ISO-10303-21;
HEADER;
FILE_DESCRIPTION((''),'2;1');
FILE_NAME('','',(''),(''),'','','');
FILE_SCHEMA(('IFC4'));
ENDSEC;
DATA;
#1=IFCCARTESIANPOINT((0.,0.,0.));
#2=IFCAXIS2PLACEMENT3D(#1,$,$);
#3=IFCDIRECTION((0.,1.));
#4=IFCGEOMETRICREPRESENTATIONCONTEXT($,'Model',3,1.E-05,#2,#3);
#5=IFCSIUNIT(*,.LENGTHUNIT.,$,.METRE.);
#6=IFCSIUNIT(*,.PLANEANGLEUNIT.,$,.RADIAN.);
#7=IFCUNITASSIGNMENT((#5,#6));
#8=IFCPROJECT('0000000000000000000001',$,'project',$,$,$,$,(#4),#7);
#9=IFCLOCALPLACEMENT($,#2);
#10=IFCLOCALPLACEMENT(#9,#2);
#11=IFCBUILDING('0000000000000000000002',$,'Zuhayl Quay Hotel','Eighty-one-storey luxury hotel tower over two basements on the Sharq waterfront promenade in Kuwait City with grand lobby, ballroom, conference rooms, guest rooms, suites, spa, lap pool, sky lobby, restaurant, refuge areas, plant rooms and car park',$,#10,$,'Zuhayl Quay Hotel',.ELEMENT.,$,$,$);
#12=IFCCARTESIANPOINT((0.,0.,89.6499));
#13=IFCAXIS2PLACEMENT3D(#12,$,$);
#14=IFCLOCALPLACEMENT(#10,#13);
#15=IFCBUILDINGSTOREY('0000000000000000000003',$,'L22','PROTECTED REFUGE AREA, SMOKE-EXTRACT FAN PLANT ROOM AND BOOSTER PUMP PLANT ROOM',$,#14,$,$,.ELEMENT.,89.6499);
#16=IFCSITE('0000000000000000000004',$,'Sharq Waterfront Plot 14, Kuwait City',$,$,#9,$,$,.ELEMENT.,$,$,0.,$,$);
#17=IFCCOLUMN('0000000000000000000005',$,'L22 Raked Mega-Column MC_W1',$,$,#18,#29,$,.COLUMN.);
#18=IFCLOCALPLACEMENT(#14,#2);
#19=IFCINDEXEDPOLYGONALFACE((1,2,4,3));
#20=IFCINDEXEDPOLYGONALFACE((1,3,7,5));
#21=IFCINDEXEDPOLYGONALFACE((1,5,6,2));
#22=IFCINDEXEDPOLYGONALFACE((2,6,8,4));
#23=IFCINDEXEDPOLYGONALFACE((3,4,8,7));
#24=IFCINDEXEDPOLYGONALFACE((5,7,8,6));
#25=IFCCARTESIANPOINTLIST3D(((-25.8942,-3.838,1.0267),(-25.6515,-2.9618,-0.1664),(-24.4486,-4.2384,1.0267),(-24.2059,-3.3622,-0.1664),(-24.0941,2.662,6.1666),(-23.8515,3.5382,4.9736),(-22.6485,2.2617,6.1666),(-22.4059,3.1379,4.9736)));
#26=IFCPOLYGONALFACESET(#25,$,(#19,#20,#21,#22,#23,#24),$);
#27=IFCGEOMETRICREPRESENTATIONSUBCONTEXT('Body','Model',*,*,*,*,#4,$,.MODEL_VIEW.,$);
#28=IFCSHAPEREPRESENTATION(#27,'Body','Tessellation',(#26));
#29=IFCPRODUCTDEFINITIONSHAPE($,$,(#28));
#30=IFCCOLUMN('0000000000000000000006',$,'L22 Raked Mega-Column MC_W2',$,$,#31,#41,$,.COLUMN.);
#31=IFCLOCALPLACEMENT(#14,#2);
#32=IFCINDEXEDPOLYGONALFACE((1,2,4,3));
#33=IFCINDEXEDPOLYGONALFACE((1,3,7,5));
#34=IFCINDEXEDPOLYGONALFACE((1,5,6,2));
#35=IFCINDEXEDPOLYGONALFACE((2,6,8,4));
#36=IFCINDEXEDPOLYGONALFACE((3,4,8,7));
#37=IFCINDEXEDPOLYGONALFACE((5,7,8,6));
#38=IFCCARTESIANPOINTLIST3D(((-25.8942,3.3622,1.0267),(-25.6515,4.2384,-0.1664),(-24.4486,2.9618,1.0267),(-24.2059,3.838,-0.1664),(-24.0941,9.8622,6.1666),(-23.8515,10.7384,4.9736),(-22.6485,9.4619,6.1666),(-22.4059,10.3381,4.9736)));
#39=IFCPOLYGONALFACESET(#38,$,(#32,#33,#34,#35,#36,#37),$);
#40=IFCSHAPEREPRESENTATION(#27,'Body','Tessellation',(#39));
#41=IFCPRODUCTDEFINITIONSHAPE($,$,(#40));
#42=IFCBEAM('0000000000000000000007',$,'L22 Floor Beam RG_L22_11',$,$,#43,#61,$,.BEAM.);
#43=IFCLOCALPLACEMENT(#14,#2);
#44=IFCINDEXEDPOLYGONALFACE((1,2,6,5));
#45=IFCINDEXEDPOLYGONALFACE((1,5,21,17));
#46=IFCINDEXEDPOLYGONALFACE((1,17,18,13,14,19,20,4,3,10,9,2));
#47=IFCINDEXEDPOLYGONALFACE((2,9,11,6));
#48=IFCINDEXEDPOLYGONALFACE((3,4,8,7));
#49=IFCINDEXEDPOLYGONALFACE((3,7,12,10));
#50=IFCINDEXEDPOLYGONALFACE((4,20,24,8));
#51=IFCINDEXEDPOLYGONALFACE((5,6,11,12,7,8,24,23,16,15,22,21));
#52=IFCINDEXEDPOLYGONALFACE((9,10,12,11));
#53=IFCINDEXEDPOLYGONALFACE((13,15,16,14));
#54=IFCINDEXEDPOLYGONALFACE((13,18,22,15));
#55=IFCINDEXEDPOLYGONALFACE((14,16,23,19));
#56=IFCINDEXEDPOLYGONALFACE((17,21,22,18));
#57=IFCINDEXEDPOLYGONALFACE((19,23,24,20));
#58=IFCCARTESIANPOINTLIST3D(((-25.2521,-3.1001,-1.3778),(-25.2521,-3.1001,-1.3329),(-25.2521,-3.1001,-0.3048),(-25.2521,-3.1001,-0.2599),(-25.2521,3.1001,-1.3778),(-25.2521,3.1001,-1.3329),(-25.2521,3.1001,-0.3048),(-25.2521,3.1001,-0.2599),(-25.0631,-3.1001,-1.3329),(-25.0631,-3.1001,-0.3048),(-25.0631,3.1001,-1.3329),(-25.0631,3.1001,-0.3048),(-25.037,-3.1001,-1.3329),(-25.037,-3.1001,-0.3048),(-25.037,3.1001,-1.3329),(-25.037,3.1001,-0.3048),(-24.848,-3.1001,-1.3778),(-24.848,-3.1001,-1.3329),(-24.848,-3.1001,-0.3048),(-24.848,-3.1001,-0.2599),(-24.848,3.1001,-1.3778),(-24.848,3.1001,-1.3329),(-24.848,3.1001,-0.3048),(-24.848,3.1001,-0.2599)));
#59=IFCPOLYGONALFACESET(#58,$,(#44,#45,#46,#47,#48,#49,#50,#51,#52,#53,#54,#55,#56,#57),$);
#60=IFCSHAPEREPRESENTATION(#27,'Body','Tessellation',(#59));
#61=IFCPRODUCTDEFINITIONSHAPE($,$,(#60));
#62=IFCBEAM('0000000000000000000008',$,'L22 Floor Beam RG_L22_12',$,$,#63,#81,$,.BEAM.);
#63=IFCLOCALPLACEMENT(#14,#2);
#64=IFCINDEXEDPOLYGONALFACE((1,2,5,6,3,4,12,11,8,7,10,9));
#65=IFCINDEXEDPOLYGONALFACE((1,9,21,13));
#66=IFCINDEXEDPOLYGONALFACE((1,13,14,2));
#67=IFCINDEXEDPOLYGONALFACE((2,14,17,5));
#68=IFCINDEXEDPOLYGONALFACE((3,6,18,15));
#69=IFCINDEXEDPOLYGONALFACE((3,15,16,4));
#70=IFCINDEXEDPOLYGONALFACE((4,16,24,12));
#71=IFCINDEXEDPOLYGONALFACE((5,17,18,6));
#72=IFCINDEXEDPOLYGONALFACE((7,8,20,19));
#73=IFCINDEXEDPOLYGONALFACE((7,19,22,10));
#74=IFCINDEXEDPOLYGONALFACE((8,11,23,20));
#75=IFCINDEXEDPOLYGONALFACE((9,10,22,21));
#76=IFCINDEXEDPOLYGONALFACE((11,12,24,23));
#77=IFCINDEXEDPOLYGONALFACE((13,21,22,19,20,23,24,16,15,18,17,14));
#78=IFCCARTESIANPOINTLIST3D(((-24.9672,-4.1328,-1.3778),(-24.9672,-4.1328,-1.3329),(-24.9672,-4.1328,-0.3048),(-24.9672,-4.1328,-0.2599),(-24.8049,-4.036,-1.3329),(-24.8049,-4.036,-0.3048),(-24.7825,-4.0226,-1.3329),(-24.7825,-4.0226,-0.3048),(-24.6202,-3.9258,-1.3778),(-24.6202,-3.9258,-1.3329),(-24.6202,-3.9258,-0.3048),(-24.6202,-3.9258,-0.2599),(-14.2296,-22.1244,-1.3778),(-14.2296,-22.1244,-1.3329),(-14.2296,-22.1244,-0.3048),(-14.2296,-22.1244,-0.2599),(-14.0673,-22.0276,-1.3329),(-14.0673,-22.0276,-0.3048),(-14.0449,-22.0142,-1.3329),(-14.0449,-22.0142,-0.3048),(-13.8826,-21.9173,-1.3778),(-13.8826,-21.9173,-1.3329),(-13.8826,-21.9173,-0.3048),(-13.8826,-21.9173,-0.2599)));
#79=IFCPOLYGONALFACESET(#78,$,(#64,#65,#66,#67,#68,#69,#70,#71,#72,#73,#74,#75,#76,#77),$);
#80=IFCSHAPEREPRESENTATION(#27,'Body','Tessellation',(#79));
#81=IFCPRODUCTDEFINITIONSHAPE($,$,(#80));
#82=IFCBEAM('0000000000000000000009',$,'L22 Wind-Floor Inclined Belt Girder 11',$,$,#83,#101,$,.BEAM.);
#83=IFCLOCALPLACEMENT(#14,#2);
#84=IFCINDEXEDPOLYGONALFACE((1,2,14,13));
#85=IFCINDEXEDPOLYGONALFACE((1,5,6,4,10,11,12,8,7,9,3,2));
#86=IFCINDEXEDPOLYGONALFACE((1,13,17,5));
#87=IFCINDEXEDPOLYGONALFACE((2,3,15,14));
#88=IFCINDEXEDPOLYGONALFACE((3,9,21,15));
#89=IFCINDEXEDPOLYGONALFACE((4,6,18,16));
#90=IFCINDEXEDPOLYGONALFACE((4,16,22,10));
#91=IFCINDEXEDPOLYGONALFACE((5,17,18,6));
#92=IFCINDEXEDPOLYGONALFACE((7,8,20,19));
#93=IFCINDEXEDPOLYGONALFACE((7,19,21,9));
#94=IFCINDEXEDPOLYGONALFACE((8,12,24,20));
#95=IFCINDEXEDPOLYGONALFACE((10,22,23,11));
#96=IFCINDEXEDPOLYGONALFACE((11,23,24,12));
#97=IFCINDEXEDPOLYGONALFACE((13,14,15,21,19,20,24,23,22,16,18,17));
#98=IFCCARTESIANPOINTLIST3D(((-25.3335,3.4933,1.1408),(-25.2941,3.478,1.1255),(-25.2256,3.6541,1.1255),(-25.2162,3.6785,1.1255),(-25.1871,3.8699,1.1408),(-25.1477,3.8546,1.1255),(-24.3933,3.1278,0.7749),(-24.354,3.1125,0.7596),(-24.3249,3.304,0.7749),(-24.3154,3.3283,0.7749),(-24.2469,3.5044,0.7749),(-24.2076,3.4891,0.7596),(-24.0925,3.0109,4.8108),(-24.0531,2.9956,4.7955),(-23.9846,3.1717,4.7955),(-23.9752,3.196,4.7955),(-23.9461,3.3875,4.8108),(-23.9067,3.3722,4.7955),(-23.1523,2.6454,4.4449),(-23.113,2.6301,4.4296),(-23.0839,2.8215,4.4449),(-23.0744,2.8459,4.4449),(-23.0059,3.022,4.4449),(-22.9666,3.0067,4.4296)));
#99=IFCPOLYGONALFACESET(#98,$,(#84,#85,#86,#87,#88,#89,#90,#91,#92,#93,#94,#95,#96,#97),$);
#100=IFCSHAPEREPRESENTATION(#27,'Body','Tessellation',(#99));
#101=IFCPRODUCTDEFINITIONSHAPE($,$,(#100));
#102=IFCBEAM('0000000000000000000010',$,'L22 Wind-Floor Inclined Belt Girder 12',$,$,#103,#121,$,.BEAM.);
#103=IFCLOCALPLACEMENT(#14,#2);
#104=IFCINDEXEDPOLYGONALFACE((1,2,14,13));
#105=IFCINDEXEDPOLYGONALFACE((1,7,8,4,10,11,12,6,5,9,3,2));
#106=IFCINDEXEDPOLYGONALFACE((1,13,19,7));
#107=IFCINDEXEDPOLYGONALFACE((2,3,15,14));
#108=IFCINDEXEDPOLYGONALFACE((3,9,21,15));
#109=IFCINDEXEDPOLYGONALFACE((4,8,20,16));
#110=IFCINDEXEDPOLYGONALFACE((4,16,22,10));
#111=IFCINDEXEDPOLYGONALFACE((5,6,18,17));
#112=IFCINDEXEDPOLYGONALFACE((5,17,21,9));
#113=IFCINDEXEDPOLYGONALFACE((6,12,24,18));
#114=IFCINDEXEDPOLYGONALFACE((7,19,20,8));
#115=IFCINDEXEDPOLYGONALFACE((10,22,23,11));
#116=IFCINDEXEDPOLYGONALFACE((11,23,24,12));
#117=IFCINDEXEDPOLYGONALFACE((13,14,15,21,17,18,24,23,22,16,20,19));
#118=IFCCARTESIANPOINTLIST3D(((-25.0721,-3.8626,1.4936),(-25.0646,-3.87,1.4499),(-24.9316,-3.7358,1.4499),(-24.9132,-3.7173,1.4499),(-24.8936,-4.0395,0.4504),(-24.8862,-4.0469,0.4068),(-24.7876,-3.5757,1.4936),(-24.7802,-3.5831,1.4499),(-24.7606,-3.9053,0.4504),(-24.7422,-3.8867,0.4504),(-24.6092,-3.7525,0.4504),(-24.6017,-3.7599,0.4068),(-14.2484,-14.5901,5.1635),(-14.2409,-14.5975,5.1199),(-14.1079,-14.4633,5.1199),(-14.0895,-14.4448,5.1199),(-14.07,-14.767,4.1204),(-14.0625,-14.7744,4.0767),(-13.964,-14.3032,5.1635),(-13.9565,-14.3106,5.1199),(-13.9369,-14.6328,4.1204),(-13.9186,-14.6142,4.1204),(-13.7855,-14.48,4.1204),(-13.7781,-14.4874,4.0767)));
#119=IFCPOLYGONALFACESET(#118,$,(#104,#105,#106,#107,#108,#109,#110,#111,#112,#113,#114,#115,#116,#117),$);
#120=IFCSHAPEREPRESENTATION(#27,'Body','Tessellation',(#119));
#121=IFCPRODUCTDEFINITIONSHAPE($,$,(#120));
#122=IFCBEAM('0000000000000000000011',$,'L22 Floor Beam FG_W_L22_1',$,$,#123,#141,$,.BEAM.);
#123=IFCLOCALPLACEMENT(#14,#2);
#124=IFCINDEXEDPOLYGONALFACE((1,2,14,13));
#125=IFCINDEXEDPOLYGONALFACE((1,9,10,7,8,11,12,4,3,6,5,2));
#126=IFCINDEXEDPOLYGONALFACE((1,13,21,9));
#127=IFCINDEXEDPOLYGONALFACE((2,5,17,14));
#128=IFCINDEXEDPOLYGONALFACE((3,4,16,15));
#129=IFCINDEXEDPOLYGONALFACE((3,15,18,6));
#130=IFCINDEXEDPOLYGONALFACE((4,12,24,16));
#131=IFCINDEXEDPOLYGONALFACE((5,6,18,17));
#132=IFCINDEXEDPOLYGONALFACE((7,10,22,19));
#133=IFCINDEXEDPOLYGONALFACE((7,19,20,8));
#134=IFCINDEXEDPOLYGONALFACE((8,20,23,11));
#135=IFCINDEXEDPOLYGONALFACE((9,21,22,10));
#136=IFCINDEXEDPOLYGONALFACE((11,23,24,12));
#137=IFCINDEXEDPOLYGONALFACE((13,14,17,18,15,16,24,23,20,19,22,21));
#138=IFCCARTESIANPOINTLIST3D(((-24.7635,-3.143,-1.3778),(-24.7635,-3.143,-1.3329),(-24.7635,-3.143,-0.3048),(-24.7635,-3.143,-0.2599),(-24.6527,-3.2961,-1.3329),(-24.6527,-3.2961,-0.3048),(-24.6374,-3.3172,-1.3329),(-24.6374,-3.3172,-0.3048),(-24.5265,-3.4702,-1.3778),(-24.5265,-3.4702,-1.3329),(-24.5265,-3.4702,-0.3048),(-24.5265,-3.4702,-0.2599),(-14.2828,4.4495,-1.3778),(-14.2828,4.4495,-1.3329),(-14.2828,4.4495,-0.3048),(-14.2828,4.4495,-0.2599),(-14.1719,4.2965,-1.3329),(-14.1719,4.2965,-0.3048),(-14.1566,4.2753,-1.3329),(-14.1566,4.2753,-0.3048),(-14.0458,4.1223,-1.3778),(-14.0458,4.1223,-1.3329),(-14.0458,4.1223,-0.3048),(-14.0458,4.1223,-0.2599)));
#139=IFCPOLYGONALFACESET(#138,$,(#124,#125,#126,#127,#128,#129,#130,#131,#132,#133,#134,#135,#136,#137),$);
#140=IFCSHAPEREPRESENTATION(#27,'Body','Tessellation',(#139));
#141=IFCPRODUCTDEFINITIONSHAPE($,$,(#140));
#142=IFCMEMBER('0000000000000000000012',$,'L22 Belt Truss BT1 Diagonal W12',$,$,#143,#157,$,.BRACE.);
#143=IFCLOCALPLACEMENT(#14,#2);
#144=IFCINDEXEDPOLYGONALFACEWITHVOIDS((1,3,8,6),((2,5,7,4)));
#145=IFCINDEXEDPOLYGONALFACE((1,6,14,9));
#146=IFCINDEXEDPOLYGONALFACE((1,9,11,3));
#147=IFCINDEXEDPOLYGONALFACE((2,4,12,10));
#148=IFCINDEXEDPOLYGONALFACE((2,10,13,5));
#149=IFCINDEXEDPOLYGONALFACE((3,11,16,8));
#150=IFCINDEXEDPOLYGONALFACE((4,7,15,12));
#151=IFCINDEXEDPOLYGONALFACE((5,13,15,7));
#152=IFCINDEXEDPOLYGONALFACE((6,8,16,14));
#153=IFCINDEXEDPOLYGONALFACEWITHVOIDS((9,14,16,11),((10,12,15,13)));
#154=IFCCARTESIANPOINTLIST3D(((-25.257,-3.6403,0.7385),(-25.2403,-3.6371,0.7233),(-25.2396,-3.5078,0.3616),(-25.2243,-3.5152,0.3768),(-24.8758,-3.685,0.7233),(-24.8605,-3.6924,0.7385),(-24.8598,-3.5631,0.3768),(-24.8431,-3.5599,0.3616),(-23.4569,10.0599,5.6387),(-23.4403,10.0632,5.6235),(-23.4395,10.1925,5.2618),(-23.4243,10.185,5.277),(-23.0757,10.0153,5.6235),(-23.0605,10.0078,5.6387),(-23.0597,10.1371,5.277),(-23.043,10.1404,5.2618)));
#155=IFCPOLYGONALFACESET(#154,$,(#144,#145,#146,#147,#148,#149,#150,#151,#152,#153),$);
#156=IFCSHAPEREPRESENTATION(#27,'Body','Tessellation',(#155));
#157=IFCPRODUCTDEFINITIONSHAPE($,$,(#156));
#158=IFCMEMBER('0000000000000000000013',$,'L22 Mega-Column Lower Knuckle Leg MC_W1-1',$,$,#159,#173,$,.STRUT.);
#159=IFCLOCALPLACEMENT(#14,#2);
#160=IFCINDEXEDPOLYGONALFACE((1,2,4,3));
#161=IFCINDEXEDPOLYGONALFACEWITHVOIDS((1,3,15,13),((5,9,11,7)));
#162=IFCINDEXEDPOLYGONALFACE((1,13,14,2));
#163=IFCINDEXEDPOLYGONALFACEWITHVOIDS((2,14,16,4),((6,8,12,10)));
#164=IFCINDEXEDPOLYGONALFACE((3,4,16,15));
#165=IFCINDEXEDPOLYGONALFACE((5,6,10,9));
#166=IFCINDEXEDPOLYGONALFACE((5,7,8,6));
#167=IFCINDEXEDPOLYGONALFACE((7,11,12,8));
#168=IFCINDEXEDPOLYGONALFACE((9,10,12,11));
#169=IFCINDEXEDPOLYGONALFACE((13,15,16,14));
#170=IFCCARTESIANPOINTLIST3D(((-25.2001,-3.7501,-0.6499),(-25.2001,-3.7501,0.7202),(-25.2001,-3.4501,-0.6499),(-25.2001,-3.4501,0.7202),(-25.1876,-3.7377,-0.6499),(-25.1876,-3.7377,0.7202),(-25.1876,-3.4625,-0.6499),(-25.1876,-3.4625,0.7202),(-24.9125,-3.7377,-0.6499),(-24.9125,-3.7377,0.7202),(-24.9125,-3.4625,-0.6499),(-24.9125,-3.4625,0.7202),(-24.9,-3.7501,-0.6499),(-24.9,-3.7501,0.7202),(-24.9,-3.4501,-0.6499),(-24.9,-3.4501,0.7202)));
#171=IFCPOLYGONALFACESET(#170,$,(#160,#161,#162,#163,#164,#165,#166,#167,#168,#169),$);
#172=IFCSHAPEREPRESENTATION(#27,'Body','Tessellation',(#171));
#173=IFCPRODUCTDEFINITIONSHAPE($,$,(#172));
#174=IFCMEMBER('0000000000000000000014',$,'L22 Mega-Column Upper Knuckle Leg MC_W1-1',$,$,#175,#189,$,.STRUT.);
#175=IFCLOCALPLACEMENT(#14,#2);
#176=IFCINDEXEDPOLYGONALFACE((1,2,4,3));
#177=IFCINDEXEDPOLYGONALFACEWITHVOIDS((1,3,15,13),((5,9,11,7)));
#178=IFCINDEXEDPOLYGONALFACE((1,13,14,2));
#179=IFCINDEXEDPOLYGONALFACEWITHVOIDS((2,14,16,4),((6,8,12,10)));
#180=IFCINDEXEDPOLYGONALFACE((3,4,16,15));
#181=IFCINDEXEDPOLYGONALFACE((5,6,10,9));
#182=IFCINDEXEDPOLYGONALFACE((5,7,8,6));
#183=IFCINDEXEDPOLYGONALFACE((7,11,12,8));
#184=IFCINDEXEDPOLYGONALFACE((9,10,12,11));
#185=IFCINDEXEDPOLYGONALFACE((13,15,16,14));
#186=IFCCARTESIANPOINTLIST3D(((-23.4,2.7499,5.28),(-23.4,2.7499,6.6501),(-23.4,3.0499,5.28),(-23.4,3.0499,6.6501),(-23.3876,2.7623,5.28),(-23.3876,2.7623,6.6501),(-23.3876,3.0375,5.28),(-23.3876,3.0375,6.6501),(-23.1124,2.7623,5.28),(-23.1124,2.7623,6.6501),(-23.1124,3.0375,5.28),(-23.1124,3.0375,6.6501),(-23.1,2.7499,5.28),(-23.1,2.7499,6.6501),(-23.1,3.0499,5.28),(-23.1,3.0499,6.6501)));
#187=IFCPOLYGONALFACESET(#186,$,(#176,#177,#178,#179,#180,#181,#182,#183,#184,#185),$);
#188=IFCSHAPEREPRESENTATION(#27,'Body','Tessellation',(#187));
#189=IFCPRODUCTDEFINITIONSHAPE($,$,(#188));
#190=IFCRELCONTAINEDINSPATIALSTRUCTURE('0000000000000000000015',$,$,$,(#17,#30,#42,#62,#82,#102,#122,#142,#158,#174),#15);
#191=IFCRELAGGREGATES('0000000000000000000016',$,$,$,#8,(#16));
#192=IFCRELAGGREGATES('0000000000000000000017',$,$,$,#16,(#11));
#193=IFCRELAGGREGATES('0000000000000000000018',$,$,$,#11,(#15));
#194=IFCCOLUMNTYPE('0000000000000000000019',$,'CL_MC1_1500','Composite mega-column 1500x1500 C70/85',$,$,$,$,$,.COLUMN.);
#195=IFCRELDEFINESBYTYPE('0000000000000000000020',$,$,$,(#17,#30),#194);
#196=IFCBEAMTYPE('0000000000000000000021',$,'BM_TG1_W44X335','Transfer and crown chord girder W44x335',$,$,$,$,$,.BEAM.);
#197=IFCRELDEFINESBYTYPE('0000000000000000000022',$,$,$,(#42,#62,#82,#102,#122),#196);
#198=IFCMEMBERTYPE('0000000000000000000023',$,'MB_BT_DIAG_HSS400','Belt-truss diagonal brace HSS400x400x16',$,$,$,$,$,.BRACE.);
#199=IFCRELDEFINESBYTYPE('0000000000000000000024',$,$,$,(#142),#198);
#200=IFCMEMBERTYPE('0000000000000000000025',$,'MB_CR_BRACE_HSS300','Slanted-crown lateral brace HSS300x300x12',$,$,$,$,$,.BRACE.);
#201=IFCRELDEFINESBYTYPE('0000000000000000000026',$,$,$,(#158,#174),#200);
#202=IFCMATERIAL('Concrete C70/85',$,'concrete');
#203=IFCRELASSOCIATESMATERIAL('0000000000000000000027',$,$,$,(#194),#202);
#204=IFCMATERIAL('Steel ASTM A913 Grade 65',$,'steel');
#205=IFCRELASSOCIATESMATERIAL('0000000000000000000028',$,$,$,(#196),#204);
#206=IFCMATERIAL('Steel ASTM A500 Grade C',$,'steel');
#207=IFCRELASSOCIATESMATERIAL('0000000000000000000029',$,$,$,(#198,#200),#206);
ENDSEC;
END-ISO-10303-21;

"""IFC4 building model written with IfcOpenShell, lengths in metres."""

from ifc_helpers import new_model, si_unit, direction, frame, origin, origin_2d, place, context, subcontext, project, spatial, rectangle, hollow_rectangle, i_section, extrude, material, material_profile, profile_set, type_object, element, save


model = new_model("IFC4")

# Units and contexts
model_context = context("Model", 3, precision=1e-05, world=origin(), true_north=direction((0.0, 1.0)))
body_context = subcontext(model_context, "Body", "Model", "MODEL_VIEW")
ifc_project = project(units=[si_unit("LENGTHUNIT", "METRE"), si_unit("PLANEANGLEUNIT", "RADIAN")], contexts=[model_context])

# Site, building, storey
site_placement = place(None, origin())
site = spatial("IfcSite", under=ifc_project, at=site_placement, Name="Sharq Waterfront Plot 14, Kuwait City", CompositionType="ELEMENT", RefElevation=0.0)
building_placement = place(site_placement, origin())
building = spatial("IfcBuilding", under=site, at=building_placement, Name="Zuhayl Quay Hotel", Description="Eighty-one-storey luxury hotel tower over two basements on the Sharq waterfront promenade in Kuwait City with grand lobby, ballroom, conference rooms, guest rooms, suites, spa, lap pool, sky lobby, restaurant, refuge areas, plant rooms and car park", LongName="Zuhayl Quay Hotel", CompositionType="ELEMENT")
storey_placement = place(building_placement, frame((0.0, 0.0, 89.6499)))
storey = spatial("IfcBuildingStorey", under=building, at=storey_placement, Name="L22", Description="PROTECTED REFUGE AREA, SMOKE-EXTRACT FAN PLANT ROOM AND BOOSTER PUMP PLANT ROOM", CompositionType="ELEMENT", Elevation=89.6499)

# Columns
ifc_material_1 = material(Name="Concrete C70/85", Category="concrete")
ifc_material_profile_1 = material_profile(ifc_material_1, rectangle(XDim=1.5, YDim=1.5, at=origin_2d()), Name="RC1500X1500")
ifc_profile_set_1 = profile_set([ifc_material_profile_1], Name="Concrete C70/85")
column_type = type_object("IfcColumnType", Name="CL_MC1_1500", Description="Composite mega-column 1500x1500 C70/85", PredefinedType="COLUMN", material=ifc_profile_set_1)
for number, where, z_axis, x_axis, name in (
    (1, (-25.05, -3.6001, 0.4302), (0.212272, 0.766519, 0.606127), (-0.963728, 0.266886, 0.0), "L22 Raked Mega-Column MC_W1"),
    (2, (-25.05, 3.6001, 0.4302), (0.212272, 0.766519, 0.606127), (-0.963728, 0.266886, 0.0), "L22 Raked Mega-Column MC_W2"),
):
    element("IfcColumn", number, at=place(storey_placement, frame(where, z_axis=z_axis, x_axis=x_axis)), inside=storey, type_object=column_type, Name=name, PredefinedType="COLUMN", context=body_context, shape_type="SweptSolid", body=[
        extrude(rectangle(XDim=1.5, YDim=1.5, at=origin_2d()), origin(), (0.0, 0.0, 1.0), 8.48),
    ])

# Beams
ifc_material_2 = material(Name="Steel ASTM A913 Grade 65", Category="steel")
ifc_material_profile_2 = material_profile(ifc_material_2, i_section(OverallWidth=0.4041, OverallDepth=1.1179, WebThickness=0.0261, FlangeThickness=0.0449, at=origin_2d()), Name="W44X335")
ifc_profile_set_2 = profile_set([ifc_material_profile_2], Name="Steel ASTM A913 Grade 65")
beam_type = type_object("IfcBeamType", Name="BM_TG1_W44X335", Description="Transfer and crown chord girder W44x335", PredefinedType="BEAM", material=ifc_profile_set_2)
beam_1_placement = place(storey_placement, frame((-25.05, 3.1001, -0.8188), z_axis=(0.0, -1.0, 0.0), x_axis=(1.0, 0.0, 0.0)))
element("IfcBeam", 3, at=beam_1_placement, inside=storey, type_object=beam_type, Name="L22 Floor Beam RG_L22_11", PredefinedType="BEAM", context=body_context, shape_type="SweptSolid", body=[
    extrude(i_section(OverallWidth=0.4041, OverallDepth=1.1179, WebThickness=0.0261, FlangeThickness=0.0449, at=origin_2d()), origin(), (0.0, 0.0, 1.0), 6.2002),
])
beam_2_placement = place(storey_placement, frame((-24.7937, -4.0293, -0.8188), z_axis=(0.512483, -0.858698, 0.0), x_axis=(0.858698, 0.512483, 0.0)))
element("IfcBeam", 4, at=beam_2_placement, inside=storey, type_object=beam_type, Name="L22 Floor Beam RG_L22_12", PredefinedType="BEAM", context=body_context, shape_type="SweptSolid", body=[
    extrude(i_section(OverallWidth=0.4041, OverallDepth=1.1179, WebThickness=0.0261, FlangeThickness=0.0449, at=origin_2d()), origin(), (0.0, 0.0, 1.0), 20.9521),
])
beam_3_placement = place(storey_placement, frame((-24.7705, 3.4912, 0.9502), z_axis=(0.317872, -0.123572, 0.940046), x_axis=(0.362331, 0.932049, 0.0)))
element("IfcBeam", 5, at=beam_3_placement, inside=storey, type_object=beam_type, Name="L22 Wind-Floor Inclined Belt Girder 11", PredefinedType="BEAM", context=body_context, shape_type="SweptSolid", body=[
    extrude(i_section(OverallWidth=0.4041, OverallDepth=1.1179, WebThickness=0.0261, FlangeThickness=0.0449, at=origin_2d()), origin(), (0.0, 0.0, 1.0), 3.9041),
])
beam_4_placement = place(storey_placement, frame((-24.8369, -3.8113, 0.9502), z_axis=(0.690515, -0.684378, 0.234128), x_axis=(0.703944, 0.710256, 0.0)))
element("IfcBeam", 6, at=beam_4_placement, inside=storey, type_object=beam_type, Name="L22 Wind-Floor Inclined Belt Girder 12", PredefinedType="BEAM", context=body_context, shape_type="SweptSolid", body=[
    extrude(i_section(OverallWidth=0.4041, OverallDepth=1.1179, WebThickness=0.0261, FlangeThickness=0.0449, at=origin_2d()), origin(), (0.0, 0.0, 1.0), 15.6748),
])
beam_5_placement = place(storey_placement, frame((-24.645, -3.3066, -0.8188), z_axis=(0.80983, 0.586664, 0.0), x_axis=(-0.586664, 0.80983, 0.0)))
element("IfcBeam", 7, at=beam_5_placement, inside=storey, type_object=beam_type, Name="L22 Floor Beam FG_W_L22_1", PredefinedType="BEAM", context=body_context, shape_type="SweptSolid", body=[
    extrude(i_section(OverallWidth=0.4041, OverallDepth=1.1179, WebThickness=0.0261, FlangeThickness=0.0449, at=origin_2d()), origin(), (0.0, 0.0, 1.0), 12.9419),
])

# Members
ifc_material_3 = material(Name="Steel ASTM A500 Grade C", Category="steel")
ifc_material_profile_3 = material_profile(ifc_material_3, hollow_rectangle(XDim=0.3999, YDim=0.3999, WallThickness=0.0161, at=origin_2d()), Name="HSS400X400X16")
ifc_profile_set_3 = profile_set([ifc_material_profile_3], Name="Steel ASTM A500 Grade C")
member_type_1 = type_object("IfcMemberType", Name="MB_BT_DIAG_HSS400", Description="Belt-truss diagonal brace HSS400x400x16", PredefinedType="BRACE", material=ifc_profile_set_3)
member_1_placement = place(storey_placement, frame((-25.05, -3.6001, 0.55), z_axis=(0.122777, 0.934461, 0.334228), x_axis=(-0.991479, 0.130269, 0.0)))
element("IfcMember", 8, at=member_1_placement, inside=storey, type_object=member_type_1, Name="L22 Belt Truss BT1 Diagonal W12", PredefinedType="BRACE", context=body_context, shape_type="SweptSolid", body=[
    extrude(hollow_rectangle(XDim=0.3999, YDim=0.3999, WallThickness=0.0161, at=origin_2d()), origin(), (0.0, 0.0, 1.0), 14.6611),
])
ifc_material_profile_4 = material_profile(ifc_material_3, hollow_rectangle(XDim=0.3, YDim=0.3, WallThickness=0.0125, at=origin_2d()), Name="HSS300X300X12")
ifc_profile_set_4 = profile_set([ifc_material_profile_4], Name="Steel ASTM A500 Grade C")
member_type_2 = type_object("IfcMemberType", Name="MB_CR_BRACE_HSS300", Description="Slanted-crown lateral brace HSS300x300x12", PredefinedType="BRACE", material=ifc_profile_set_4)
for number, where, z_axis, x_axis, name in (
    (9, (-25.05, -3.6001, -0.6499), (0.0, 0.0, 1.0), (1.0, 0.0, 0.0), "L22 Mega-Column Lower Knuckle Leg MC_W1-1"),
    (10, (-23.25, 2.8999, 5.28), (0.0, 0.0, 1.0), (1.0, 0.0, 0.0), "L22 Mega-Column Upper Knuckle Leg MC_W1-1"),
):
    element("IfcMember", number, at=place(storey_placement, frame(where, z_axis=z_axis, x_axis=x_axis)), inside=storey, type_object=member_type_2, Name=name, PredefinedType="STRUT", context=body_context, shape_type="SweptSolid", body=[
        extrude(hollow_rectangle(XDim=0.3, YDim=0.3, WallThickness=0.0125, at=origin_2d()), origin(), (0.0, 0.0, 1.0), 1.3701),
    ])

save(model, "model.ifc")
